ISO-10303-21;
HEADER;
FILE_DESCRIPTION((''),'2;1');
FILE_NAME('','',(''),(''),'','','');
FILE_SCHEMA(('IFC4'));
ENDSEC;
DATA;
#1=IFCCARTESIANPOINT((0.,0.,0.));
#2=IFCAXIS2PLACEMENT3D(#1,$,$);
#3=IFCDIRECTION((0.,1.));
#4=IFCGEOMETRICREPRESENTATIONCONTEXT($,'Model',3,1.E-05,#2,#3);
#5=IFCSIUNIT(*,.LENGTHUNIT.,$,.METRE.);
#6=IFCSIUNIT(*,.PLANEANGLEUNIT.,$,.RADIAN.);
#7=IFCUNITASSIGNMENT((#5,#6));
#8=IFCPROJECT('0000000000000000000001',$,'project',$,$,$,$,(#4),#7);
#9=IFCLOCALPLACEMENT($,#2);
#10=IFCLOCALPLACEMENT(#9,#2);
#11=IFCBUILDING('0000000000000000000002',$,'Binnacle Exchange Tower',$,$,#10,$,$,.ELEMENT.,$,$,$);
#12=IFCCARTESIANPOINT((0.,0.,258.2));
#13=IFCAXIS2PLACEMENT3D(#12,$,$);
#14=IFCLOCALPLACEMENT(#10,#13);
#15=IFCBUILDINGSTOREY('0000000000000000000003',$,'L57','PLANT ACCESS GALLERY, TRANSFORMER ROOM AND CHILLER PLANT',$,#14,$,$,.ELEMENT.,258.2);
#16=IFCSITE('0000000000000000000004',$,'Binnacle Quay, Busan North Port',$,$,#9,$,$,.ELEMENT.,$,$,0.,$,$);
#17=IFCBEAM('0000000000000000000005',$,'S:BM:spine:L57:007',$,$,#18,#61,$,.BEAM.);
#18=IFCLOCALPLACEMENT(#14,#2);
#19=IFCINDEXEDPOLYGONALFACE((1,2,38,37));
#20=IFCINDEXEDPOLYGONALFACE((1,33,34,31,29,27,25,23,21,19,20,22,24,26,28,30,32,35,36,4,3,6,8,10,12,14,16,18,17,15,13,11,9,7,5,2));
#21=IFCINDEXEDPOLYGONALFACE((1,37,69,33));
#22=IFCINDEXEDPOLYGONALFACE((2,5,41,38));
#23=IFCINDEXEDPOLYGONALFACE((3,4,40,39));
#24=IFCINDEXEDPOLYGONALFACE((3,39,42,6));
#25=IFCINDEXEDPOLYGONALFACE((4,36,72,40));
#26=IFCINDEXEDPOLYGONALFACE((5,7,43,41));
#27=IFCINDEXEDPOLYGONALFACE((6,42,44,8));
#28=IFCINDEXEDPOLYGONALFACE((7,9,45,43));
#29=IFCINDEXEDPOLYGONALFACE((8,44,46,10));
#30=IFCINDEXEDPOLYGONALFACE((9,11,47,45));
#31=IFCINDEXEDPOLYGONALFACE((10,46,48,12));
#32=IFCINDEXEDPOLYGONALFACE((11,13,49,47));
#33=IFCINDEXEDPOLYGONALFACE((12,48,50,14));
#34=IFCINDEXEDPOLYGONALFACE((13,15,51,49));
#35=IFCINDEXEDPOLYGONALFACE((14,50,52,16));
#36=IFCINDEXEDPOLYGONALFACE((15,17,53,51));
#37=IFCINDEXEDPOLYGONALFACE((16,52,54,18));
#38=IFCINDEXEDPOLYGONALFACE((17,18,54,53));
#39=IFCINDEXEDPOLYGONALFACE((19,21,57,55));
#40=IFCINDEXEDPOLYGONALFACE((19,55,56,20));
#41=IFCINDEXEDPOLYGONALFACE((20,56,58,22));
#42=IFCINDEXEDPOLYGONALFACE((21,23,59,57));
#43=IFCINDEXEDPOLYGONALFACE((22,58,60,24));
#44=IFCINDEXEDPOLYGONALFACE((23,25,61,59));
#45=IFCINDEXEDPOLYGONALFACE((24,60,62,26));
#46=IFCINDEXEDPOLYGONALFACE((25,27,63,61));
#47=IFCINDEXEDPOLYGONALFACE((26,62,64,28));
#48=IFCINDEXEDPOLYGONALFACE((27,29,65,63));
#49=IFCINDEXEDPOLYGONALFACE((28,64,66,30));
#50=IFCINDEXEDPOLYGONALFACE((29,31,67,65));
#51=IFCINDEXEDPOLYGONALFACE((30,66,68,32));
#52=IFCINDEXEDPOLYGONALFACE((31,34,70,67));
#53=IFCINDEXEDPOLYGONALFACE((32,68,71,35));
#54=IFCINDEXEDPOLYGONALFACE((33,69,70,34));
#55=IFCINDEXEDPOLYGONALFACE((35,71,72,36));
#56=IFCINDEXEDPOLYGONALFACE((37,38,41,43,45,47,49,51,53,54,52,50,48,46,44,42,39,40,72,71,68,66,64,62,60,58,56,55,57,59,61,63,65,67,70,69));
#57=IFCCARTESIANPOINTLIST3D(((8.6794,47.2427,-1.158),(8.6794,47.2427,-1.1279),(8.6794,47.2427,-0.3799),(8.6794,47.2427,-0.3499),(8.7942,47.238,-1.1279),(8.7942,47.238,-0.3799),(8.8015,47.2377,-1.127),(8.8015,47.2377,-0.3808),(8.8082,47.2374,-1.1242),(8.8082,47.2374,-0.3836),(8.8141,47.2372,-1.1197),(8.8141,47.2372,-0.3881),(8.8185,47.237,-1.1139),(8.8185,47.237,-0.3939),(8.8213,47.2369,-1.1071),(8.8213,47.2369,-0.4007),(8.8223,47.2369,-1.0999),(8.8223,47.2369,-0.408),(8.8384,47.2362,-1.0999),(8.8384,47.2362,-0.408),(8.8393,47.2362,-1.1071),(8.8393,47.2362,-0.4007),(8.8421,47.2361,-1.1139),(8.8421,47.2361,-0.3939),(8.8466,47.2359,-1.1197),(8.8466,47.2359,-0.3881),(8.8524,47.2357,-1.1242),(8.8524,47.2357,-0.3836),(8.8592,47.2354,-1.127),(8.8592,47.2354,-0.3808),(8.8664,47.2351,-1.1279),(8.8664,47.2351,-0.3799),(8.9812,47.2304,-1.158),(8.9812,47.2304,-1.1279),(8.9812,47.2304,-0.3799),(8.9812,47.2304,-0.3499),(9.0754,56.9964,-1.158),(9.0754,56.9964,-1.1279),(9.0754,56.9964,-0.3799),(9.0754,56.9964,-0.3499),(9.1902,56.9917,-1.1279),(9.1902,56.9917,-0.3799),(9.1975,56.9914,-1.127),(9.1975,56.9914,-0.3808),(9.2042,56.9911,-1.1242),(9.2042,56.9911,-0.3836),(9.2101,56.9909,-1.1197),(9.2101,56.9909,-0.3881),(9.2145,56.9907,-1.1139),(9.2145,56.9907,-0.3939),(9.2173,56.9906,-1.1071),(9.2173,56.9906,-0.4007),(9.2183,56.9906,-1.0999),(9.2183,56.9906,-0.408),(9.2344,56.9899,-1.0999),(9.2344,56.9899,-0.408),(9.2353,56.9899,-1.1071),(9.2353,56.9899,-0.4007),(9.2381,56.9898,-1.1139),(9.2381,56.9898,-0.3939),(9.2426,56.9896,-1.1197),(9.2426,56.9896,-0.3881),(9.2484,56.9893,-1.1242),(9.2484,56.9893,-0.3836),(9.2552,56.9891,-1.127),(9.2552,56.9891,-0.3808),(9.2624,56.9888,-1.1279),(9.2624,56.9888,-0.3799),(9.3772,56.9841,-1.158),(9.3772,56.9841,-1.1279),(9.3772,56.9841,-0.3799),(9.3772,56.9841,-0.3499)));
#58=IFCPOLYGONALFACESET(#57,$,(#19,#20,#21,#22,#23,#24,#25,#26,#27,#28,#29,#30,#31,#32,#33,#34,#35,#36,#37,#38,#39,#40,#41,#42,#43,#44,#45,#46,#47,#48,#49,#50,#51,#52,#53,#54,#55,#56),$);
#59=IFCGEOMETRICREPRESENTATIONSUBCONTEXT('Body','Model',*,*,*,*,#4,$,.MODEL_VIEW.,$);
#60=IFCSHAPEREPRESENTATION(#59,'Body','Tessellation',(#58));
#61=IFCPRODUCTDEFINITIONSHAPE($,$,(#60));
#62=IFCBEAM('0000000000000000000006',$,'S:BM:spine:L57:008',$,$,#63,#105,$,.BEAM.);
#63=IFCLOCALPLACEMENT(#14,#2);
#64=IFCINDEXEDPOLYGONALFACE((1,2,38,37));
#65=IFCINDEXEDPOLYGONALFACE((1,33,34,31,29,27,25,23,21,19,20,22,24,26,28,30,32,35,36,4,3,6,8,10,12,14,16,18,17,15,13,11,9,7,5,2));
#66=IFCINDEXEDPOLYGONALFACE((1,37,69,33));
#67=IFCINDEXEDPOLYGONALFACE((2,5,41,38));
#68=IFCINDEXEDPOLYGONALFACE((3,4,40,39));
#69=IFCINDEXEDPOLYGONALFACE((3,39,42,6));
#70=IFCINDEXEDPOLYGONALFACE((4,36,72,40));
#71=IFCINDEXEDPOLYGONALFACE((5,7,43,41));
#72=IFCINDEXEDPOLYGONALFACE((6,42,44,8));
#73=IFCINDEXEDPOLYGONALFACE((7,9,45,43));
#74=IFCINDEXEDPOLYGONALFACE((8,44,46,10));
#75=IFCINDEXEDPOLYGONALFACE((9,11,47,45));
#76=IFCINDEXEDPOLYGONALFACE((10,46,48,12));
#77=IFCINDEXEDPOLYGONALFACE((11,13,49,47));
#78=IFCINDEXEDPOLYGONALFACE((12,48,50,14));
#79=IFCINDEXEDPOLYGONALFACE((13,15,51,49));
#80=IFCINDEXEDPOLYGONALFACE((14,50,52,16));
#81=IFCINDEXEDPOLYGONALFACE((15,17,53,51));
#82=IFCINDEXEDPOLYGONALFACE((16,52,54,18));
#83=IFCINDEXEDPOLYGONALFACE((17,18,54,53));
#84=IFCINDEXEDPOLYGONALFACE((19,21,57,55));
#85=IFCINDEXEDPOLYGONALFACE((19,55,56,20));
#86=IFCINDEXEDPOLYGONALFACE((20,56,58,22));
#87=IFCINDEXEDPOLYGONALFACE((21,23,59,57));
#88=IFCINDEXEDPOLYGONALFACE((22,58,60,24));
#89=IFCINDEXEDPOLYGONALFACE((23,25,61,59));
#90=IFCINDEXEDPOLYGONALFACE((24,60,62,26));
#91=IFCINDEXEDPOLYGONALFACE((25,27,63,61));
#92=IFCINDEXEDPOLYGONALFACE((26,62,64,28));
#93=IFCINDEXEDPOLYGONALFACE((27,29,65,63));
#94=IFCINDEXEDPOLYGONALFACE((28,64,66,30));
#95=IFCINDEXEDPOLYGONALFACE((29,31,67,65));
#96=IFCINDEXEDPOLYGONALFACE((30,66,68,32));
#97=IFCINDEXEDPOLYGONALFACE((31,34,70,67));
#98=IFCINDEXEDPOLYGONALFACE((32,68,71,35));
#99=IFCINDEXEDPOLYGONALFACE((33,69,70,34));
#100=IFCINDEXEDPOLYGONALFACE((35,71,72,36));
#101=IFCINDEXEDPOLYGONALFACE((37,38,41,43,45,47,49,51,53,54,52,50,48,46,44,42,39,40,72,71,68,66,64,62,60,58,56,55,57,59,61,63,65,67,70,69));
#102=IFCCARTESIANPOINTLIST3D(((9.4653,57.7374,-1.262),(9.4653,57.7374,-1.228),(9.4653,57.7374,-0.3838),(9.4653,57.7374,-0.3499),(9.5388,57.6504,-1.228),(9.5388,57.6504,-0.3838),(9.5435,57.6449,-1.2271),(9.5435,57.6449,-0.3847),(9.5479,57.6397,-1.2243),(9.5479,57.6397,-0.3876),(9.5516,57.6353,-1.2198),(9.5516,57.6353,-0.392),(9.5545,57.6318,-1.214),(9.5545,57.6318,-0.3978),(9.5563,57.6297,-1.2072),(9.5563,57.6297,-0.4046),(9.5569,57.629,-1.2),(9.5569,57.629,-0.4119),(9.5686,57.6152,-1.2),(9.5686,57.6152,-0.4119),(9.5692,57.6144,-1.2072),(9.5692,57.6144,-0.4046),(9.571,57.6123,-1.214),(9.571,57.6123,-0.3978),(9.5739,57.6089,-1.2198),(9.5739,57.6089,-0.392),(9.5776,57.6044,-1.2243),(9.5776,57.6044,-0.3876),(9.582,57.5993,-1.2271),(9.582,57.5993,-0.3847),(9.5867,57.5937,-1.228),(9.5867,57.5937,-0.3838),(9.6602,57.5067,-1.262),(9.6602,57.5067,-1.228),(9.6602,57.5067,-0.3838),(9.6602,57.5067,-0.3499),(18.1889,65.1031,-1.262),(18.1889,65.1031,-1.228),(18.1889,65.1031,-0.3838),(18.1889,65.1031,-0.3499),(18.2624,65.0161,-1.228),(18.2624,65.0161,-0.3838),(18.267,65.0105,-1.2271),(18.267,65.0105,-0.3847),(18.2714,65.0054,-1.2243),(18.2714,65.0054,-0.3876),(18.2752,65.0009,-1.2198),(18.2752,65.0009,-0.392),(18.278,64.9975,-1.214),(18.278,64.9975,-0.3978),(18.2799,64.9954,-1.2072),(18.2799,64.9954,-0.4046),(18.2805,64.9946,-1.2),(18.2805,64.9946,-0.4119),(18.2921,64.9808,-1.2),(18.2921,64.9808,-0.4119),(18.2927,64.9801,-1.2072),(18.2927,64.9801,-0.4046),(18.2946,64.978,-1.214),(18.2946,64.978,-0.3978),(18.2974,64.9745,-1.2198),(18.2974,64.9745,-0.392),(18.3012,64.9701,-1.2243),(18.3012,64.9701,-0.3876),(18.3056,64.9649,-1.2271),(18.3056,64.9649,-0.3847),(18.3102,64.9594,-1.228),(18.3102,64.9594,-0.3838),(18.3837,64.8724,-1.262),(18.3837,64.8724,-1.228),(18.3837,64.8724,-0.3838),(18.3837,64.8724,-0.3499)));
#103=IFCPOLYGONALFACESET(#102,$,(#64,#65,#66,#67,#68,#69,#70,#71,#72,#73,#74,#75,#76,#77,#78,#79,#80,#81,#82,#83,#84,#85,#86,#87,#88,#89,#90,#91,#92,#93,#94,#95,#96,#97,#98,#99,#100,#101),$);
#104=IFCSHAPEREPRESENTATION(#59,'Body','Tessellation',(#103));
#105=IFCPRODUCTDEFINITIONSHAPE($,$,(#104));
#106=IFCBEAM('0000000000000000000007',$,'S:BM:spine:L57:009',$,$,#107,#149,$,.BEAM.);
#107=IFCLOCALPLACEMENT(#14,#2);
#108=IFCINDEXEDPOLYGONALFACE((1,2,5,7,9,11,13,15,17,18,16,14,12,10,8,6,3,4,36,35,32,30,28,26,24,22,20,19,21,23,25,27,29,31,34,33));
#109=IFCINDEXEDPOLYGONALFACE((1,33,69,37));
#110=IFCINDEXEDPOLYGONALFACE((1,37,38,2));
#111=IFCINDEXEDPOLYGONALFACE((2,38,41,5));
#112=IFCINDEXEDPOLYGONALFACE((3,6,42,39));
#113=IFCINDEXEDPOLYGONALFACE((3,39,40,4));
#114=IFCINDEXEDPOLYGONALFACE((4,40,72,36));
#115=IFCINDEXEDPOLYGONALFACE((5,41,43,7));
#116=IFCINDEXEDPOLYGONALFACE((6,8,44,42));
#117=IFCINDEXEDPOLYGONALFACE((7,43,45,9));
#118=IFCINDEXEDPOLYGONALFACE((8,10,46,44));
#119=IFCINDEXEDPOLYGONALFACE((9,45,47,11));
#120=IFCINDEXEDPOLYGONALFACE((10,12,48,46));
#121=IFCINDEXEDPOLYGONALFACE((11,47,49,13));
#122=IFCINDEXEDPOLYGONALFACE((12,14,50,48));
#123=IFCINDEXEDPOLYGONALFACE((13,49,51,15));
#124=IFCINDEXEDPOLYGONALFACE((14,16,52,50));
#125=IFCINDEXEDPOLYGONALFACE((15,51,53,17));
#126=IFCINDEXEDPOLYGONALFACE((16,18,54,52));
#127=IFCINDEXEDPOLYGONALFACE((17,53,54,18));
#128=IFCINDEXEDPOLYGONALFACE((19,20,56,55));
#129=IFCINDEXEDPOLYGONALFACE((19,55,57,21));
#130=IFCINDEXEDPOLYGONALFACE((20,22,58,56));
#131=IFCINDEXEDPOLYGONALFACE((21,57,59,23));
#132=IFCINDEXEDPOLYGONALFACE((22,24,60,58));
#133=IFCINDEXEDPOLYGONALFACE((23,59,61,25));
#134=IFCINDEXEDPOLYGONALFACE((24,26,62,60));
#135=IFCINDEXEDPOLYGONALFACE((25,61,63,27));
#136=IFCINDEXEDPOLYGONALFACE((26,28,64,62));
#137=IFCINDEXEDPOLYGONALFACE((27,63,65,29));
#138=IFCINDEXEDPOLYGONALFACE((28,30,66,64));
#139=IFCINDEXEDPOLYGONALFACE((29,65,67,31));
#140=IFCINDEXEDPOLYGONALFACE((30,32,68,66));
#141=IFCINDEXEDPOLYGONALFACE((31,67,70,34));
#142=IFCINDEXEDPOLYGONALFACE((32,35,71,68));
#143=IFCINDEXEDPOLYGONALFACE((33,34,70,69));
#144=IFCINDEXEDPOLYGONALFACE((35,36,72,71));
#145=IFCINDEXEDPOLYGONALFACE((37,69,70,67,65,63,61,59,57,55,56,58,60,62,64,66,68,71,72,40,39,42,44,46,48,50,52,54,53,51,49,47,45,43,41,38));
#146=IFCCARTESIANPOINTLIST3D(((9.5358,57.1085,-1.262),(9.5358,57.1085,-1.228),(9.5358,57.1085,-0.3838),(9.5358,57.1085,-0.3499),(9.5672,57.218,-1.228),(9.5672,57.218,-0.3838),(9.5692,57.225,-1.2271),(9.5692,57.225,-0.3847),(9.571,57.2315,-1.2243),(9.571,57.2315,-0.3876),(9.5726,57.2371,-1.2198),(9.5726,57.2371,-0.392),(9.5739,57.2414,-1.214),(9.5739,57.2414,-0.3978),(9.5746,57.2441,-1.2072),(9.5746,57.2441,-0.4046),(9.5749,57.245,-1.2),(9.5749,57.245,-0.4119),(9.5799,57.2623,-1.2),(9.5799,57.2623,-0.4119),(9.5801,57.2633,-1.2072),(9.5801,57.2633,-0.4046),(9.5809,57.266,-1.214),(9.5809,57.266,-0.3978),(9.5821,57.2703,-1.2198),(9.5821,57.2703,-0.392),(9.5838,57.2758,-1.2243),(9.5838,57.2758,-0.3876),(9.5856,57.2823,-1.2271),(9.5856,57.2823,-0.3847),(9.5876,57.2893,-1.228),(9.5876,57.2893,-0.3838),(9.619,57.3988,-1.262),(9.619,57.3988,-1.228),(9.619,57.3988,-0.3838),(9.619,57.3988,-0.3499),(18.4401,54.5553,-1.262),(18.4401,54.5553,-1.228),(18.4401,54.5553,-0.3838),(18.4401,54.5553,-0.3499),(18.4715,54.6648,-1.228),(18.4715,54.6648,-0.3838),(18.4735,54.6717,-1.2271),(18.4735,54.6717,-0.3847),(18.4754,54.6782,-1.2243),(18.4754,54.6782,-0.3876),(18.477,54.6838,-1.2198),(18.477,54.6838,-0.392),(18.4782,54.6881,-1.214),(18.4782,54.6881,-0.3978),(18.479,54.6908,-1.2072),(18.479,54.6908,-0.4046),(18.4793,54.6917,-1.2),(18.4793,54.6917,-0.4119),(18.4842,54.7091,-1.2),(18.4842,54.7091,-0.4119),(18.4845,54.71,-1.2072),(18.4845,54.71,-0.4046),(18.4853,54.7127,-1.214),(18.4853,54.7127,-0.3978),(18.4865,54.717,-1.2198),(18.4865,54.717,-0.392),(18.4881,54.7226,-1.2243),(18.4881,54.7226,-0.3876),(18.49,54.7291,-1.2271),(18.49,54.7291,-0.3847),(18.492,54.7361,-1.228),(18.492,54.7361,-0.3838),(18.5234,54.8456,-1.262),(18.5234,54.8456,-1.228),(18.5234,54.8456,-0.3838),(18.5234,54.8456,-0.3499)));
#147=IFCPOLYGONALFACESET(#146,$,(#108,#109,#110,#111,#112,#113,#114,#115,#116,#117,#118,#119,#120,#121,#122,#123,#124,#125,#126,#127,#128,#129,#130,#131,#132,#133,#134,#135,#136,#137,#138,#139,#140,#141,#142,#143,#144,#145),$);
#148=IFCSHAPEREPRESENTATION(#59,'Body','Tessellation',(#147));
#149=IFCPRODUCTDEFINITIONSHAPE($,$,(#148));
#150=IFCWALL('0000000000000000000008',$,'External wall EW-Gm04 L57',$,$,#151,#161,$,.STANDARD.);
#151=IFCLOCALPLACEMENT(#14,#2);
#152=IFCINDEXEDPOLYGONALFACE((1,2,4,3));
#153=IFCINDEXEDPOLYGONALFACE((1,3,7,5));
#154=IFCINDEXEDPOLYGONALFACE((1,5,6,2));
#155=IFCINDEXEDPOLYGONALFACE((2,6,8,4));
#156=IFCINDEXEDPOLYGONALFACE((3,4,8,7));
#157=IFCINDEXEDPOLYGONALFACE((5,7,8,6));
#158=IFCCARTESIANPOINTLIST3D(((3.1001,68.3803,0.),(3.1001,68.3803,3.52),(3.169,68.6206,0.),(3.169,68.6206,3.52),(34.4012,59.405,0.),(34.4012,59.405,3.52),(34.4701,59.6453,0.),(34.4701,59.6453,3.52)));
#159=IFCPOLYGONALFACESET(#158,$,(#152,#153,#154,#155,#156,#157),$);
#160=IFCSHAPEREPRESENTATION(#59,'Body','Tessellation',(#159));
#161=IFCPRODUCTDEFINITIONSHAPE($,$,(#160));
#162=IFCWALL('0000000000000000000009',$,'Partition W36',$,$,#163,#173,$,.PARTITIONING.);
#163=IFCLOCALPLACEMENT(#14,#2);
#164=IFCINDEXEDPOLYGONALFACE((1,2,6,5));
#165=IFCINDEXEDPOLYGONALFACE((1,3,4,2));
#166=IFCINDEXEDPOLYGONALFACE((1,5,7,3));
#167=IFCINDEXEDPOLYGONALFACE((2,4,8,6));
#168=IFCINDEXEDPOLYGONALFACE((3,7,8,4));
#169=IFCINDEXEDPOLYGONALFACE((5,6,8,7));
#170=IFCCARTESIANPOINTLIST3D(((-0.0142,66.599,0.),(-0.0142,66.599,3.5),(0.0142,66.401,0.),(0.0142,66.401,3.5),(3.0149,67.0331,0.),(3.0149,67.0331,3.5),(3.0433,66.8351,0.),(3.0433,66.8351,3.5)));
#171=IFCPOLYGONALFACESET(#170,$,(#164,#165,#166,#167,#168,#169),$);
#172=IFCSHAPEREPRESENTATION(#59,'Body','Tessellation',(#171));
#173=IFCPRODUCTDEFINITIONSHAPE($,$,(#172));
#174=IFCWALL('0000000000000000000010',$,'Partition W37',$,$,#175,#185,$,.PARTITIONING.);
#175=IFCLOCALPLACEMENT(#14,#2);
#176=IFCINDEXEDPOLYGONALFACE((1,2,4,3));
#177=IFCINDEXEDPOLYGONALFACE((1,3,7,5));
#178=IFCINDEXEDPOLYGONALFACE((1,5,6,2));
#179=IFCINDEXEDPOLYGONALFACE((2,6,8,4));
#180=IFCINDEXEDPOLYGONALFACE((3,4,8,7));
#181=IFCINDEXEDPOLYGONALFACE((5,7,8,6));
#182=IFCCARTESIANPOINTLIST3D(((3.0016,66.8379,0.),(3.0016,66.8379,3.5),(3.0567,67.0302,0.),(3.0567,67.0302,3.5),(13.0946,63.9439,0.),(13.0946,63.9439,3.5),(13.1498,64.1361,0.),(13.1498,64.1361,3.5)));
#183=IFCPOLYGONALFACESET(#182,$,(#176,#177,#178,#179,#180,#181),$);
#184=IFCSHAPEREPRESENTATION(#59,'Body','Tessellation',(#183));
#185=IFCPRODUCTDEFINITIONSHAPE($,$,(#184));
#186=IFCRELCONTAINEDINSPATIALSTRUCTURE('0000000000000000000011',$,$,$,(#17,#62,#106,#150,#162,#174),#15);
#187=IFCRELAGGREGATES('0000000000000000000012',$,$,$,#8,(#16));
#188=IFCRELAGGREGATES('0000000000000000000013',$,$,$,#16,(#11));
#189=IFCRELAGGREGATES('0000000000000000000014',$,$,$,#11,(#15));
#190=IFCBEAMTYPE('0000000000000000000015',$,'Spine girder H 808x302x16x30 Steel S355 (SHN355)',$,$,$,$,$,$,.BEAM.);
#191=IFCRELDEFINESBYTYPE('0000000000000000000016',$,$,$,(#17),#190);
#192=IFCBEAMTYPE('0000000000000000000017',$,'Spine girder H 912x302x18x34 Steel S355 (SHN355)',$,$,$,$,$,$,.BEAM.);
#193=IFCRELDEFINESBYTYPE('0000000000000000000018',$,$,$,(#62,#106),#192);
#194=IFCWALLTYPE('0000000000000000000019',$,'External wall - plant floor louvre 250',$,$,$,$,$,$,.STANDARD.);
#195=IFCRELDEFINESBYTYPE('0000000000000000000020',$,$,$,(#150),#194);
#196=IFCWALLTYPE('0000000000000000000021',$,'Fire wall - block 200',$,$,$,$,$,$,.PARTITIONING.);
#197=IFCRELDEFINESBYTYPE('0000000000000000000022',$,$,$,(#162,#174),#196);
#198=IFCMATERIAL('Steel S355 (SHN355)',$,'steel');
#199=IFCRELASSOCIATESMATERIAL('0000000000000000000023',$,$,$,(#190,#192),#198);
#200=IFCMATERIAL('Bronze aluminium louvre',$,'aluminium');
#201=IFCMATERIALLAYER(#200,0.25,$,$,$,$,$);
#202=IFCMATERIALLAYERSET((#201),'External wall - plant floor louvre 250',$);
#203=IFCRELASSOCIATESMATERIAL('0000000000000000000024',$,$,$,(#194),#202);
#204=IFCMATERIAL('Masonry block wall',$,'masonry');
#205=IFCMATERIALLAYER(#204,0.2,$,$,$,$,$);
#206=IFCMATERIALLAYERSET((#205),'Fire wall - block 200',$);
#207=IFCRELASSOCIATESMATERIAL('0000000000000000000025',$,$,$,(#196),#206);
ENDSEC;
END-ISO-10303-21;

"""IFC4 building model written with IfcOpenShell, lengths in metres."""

from ifc_helpers import new_model, si_unit, direction, frame, frame_2d, origin, origin_2d, place, context, subcontext, project, spatial, rectangle, i_section, extrude, material, layer, layer_set, material_profile, profile_set, type_object, element, save


model = new_model("IFC4")

# Units and contexts
model_context = context("Model", 3, precision=1e-05, world=origin(), true_north=direction((0.0, 1.0)))
body_context = subcontext(model_context, "Body", "Model", "MODEL_VIEW")
ifc_project = project(units=[si_unit("LENGTHUNIT", "METRE"), si_unit("PLANEANGLEUNIT", "RADIAN")], contexts=[model_context])

# Site, building, storey
site_placement = place(None, origin())
site = spatial("IfcSite", under=ifc_project, at=site_placement, Name="Binnacle Quay, Busan North Port", CompositionType="ELEMENT", RefElevation=0.0)
building_placement = place(site_placement, origin())
building = spatial("IfcBuilding", under=site, at=building_placement, Name="Binnacle Exchange Tower", CompositionType="ELEMENT")
storey_placement = place(building_placement, frame((0.0, 0.0, 258.2)))
storey = spatial("IfcBuildingStorey", under=building, at=storey_placement, Name="L57", Description="PLANT ACCESS GALLERY, TRANSFORMER ROOM AND CHILLER PLANT", CompositionType="ELEMENT", Elevation=258.2)

# Shared definitions
ifc_material_1 = material(Name="Steel S355 (SHN355)", Category="steel")

# Beams
ifc_material_profile_1 = material_profile(ifc_material_1, i_section(OverallWidth=0.302, OverallDepth=0.8081, WebThickness=0.0161, FlangeThickness=0.03, FilletRadius=0.0281, at=origin_2d()), Name="H 808x302x16x30")
ifc_profile_set_1 = profile_set([ifc_material_profile_1], Name="Steel S355 (SHN355)")
beam_type_1 = type_object("IfcBeamType", Name="Spine girder H 808x302x16x30 Steel S355 (SHN355)", PredefinedType="BEAM", material=ifc_profile_set_1)
beam_1_placement = place(storey_placement, frame((9.2263, 56.9902, -0.7539), z_axis=(-0.040566, -0.999177, 0.0), x_axis=(0.999177, -0.040566, 0.0)))
element("IfcBeam", 1, at=beam_1_placement, inside=storey, type_object=beam_type_1, Name="S:BM:spine:L57:007", PredefinedType="BEAM", context=body_context, shape_type="SweptSolid", body=[
    extrude(i_section(OverallWidth=0.302, OverallDepth=0.8081, WebThickness=0.0161, FlangeThickness=0.03, FilletRadius=0.0281, at=origin_2d()), origin(), (0.0, 0.0, 1.0), 9.7617),
])
ifc_material_profile_2 = material_profile(ifc_material_1, i_section(OverallWidth=0.302, OverallDepth=0.9121, WebThickness=0.0181, FlangeThickness=0.0339, FilletRadius=0.0281, at=origin_2d()), Name="H 912x302x18x34")
ifc_profile_set_2 = profile_set([ifc_material_profile_2], Name="Steel S355 (SHN355)")
beam_type_2 = type_object("IfcBeamType", Name="Spine girder H 912x302x18x34 Steel S355 (SHN355)", PredefinedType="BEAM", material=ifc_profile_set_2)
beam_2_placement = place(storey_placement, frame((9.5627, 57.6221, -0.8059), z_axis=(0.764069, 0.645135, 0.0), x_axis=(-0.645135, 0.764069, 0.0)))
element("IfcBeam", 2, at=beam_2_placement, inside=storey, type_object=beam_type_2, Name="S:BM:spine:L57:008", PredefinedType="BEAM", context=body_context, shape_type="SweptSolid", body=[
    extrude(i_section(OverallWidth=0.302, OverallDepth=0.9121, WebThickness=0.0181, FlangeThickness=0.0339, FilletRadius=0.0281, at=origin_2d()), origin(), (0.0, 0.0, 1.0), 11.4172),
])
beam_3_placement = place(storey_placement, frame((9.5774, 57.2537, -0.8059), z_axis=(0.961263, -0.275633, 0.0), x_axis=(0.275633, 0.961263, 0.0)))
element("IfcBeam", 3, at=beam_3_placement, inside=storey, type_object=beam_type_2, Name="S:BM:spine:L57:009", PredefinedType="BEAM", context=body_context, shape_type="SweptSolid", body=[
    extrude(i_section(OverallWidth=0.302, OverallDepth=0.9121, WebThickness=0.0181, FlangeThickness=0.0339, FilletRadius=0.0281, at=origin_2d()), origin(), (0.0, 0.0, 1.0), 9.2632),
])

# Walls
ifc_material_2 = material(Name="Bronze aluminium louvre", Category="aluminium")
ifc_layer_1 = layer(ifc_material_2, 0.25)
ifc_layer_set_1 = layer_set([ifc_layer_1], Name="External wall - plant floor louvre 250")
wall_type_1 = type_object("IfcWallType", Name="External wall - plant floor louvre 250", PredefinedType="STANDARD", material=ifc_layer_set_1)
wall_1_placement = place(storey_placement, frame((3.1345, 68.5005, 0.0), z_axis=(0.0, 0.0, 1.0), x_axis=(0.961262, -0.275635, 0.0)))
element("IfcWall", 4, at=wall_1_placement, inside=storey, type_object=wall_type_1, Name="External wall EW-Gm04 L57", PredefinedType="STANDARD", context=body_context, shape_type="SweptSolid", body=[
    extrude(rectangle(XDim=32.5625, YDim=0.25, at=frame_2d((16.2812, 0.0))), origin(), (0.0, 0.0, 1.0), 3.52),
])
ifc_material_3 = material(Name="Masonry block wall", Category="masonry")
ifc_layer_2 = layer(ifc_material_3, 0.2)
ifc_layer_set_2 = layer_set([ifc_layer_2], Name="Fire wall - block 200")
wall_type_2 = type_object("IfcWallType", Name="Fire wall - block 200", PredefinedType="PARTITIONING", material=ifc_layer_set_2)
wall_2_placement = place(storey_placement, frame((0.0, 66.5, 0.0), z_axis=(0.0, 0.0, 1.0), x_axis=(0.989887, 0.141857, 0.0)))
element("IfcWall", 5, at=wall_2_placement, inside=storey, type_object=wall_type_2, Name="Partition W36", PredefinedType="PARTITIONING", context=body_context, shape_type="SweptSolid", body=[
    extrude(rectangle(XDim=3.0601, YDim=0.2, at=frame_2d((1.53, 0.0))), origin(), (0.0, 0.0, 1.0), 3.5),
])
wall_3_placement = place(storey_placement, frame((3.0291, 66.9341, 0.0), z_axis=(0.0, 0.0, 1.0), x_axis=(0.961264, -0.27563, 0.0)))
element("IfcWall", 6, at=wall_3_placement, inside=storey, type_object=wall_type_2, Name="Partition W37", PredefinedType="PARTITIONING", context=body_context, shape_type="SweptSolid", body=[
    extrude(rectangle(XDim=10.4998, YDim=0.2, at=frame_2d((5.25, 0.0))), origin(), (0.0, 0.0, 1.0), 3.5),
])

save(model, "model.ifc")
